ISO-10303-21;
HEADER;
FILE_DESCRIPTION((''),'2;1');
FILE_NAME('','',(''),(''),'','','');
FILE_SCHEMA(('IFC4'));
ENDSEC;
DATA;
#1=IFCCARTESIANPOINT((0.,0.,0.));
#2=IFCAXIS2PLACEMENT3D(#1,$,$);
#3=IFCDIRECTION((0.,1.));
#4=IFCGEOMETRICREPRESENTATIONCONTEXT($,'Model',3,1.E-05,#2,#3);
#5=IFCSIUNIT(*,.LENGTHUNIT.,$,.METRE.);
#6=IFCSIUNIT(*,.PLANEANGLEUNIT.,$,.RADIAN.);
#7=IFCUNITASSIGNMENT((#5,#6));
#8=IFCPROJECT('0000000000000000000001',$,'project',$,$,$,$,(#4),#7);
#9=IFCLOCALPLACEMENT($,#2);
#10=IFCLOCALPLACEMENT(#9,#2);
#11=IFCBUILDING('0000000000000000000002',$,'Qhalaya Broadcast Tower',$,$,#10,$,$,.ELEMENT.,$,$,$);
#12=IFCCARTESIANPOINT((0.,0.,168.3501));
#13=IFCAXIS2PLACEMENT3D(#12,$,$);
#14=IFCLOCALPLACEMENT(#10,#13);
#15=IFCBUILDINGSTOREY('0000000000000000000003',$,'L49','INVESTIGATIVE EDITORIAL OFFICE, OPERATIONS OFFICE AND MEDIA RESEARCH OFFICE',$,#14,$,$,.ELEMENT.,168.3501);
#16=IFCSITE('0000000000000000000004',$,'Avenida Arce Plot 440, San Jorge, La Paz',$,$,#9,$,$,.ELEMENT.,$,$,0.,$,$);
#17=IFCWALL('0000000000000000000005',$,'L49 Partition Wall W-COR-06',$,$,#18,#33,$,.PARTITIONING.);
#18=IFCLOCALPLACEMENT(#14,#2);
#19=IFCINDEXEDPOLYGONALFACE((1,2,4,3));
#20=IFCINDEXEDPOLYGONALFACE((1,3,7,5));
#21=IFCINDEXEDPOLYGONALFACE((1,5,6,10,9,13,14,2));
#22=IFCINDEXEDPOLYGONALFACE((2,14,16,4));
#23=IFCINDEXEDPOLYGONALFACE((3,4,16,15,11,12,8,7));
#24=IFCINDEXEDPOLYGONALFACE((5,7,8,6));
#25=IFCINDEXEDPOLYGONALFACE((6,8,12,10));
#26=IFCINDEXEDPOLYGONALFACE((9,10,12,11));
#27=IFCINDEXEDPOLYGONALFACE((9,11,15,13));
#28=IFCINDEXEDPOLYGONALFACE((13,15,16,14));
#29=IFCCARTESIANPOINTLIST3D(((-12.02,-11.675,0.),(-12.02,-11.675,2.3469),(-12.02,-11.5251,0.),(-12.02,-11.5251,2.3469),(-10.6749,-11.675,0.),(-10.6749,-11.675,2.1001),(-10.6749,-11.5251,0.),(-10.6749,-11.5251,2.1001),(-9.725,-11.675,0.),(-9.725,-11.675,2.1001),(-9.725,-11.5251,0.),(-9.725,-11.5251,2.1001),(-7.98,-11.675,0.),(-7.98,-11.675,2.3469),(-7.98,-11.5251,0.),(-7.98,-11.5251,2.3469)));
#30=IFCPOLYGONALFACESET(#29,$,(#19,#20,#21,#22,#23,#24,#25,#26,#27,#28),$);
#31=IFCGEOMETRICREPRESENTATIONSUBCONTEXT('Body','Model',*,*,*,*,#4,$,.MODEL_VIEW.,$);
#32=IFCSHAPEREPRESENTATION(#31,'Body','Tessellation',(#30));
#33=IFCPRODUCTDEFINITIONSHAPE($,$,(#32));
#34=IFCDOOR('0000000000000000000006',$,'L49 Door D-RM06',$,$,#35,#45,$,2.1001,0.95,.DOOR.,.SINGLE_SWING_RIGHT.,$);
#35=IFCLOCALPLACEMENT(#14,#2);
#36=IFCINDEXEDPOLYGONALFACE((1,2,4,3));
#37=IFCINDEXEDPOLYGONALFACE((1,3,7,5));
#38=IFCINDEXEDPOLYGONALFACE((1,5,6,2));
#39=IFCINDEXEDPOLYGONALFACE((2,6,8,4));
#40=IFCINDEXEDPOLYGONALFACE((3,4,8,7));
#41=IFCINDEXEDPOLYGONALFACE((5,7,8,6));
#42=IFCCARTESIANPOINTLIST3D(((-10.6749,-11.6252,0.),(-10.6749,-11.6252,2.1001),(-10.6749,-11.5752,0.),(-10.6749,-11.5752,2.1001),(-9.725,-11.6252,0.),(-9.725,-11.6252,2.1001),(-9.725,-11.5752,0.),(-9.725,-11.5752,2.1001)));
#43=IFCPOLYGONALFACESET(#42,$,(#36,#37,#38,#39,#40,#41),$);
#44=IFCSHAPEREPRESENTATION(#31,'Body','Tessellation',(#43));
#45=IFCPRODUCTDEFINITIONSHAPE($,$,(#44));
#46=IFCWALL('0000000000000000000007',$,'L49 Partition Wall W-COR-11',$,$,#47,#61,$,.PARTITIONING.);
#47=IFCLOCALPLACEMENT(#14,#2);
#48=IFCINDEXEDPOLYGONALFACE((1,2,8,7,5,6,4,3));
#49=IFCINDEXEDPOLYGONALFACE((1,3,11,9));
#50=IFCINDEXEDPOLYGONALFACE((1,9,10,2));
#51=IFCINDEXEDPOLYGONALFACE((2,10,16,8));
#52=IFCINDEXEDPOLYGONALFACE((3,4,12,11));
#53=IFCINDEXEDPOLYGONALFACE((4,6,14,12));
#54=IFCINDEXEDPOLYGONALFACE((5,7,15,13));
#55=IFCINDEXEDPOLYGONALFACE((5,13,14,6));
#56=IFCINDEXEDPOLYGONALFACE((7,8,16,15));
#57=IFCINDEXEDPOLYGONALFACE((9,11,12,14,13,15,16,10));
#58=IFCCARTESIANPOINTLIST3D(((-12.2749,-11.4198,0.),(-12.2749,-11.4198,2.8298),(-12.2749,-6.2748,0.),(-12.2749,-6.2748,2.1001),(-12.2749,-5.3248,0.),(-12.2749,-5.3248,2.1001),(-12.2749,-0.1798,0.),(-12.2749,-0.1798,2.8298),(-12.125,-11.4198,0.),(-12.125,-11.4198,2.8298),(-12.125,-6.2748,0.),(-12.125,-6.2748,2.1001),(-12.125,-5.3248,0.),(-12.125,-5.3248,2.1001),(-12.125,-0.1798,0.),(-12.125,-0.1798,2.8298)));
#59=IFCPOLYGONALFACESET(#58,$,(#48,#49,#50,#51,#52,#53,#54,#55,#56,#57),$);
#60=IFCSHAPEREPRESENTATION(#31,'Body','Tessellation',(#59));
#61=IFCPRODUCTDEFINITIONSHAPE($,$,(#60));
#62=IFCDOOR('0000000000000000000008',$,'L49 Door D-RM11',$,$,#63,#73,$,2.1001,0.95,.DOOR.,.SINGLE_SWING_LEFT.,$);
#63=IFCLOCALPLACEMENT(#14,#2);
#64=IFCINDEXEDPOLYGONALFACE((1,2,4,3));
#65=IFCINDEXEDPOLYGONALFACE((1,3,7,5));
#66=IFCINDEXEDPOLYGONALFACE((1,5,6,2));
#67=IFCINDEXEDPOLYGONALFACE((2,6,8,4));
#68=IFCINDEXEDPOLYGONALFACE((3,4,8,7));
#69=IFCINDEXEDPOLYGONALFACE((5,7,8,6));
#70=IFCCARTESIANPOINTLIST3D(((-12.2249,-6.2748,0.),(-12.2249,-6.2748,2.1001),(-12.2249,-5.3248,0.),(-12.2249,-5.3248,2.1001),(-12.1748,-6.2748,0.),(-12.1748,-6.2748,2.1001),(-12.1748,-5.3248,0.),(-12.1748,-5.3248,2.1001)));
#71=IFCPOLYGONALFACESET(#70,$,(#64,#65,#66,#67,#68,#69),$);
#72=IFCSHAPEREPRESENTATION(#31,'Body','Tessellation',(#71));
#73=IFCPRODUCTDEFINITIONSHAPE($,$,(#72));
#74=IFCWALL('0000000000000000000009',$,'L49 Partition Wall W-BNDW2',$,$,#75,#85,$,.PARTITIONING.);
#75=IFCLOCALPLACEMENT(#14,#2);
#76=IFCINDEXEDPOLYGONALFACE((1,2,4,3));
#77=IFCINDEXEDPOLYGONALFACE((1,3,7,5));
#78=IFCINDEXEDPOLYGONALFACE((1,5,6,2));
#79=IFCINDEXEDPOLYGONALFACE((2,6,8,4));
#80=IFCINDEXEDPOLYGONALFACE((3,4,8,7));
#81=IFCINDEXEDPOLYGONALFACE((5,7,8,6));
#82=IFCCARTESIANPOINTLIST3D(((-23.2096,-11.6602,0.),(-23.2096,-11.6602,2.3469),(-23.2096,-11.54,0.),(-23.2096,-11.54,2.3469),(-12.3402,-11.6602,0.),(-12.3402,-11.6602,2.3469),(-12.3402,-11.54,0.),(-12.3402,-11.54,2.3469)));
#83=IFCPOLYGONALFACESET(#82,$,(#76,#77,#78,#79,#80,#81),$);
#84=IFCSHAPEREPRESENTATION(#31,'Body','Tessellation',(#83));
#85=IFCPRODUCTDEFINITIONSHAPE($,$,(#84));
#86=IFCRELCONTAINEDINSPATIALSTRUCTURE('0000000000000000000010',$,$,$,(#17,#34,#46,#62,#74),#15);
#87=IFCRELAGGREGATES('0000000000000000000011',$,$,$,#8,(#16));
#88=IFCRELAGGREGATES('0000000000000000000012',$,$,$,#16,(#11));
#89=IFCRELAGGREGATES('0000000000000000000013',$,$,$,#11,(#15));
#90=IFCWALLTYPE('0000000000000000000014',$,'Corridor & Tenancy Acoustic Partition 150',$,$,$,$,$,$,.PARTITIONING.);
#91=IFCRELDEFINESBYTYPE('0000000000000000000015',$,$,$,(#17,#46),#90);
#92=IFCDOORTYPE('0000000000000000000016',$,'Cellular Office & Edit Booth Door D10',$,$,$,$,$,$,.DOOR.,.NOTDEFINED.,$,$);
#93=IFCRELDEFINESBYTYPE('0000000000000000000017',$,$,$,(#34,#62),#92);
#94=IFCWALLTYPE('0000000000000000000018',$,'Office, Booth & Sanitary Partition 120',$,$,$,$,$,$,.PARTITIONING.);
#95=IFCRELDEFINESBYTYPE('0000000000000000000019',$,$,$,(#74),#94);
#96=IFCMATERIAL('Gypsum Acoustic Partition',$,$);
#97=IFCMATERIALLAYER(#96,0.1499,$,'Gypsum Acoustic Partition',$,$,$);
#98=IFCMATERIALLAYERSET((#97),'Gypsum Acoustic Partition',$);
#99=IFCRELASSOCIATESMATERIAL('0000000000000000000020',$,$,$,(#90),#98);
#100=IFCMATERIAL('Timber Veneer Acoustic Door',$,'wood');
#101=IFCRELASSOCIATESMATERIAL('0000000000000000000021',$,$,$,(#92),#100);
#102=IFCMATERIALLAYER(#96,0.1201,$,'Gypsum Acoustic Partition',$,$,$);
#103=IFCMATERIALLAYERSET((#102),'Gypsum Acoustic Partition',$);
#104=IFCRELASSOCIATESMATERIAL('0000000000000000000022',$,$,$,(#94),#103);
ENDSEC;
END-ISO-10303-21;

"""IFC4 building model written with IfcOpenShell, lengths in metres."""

from ifc_helpers import new_model, si_unit, direction, frame, frame_2d, origin, place, context, subcontext, project, spatial, rectangle, extrude, material, layer, layer_set, type_object, element, fill, save


model = new_model("IFC4")

# Units and contexts
model_context = context("Model", 3, precision=1e-05, world=origin(), true_north=direction((0.0, 1.0)))
body_context = subcontext(model_context, "Body", "Model", "MODEL_VIEW")
ifc_project = project(units=[si_unit("LENGTHUNIT", "METRE"), si_unit("PLANEANGLEUNIT", "RADIAN")], contexts=[model_context])

# Site, building, storey
site_placement = place(None, origin())
site = spatial("IfcSite", under=ifc_project, at=site_placement, Name="Avenida Arce Plot 440, San Jorge, La Paz", CompositionType="ELEMENT", RefElevation=0.0)
building_placement = place(site_placement, origin())
building = spatial("IfcBuilding", under=site, at=building_placement, Name="Qhalaya Broadcast Tower", CompositionType="ELEMENT")
storey_placement = place(building_placement, frame((0.0, 0.0, 168.3501)))
storey = spatial("IfcBuildingStorey", under=building, at=storey_placement, Name="L49", Description="INVESTIGATIVE EDITORIAL OFFICE, OPERATIONS OFFICE AND MEDIA RESEARCH OFFICE", CompositionType="ELEMENT", Elevation=168.3501)

# Walls, openings, doors
ifc_material_1 = material(Name="Gypsum Acoustic Partition")
ifc_layer_1 = layer(ifc_material_1, 0.1499, Name="Gypsum Acoustic Partition")
ifc_layer_set_1 = layer_set([ifc_layer_1], Name="Gypsum Acoustic Partition")
wall_type_1 = type_object("IfcWallType", Name="Corridor & Tenancy Acoustic Partition 150", PredefinedType="PARTITIONING", material=ifc_layer_set_1)
wall_1_placement = place(storey_placement, frame((-12.02, -11.6001, 0.0), z_axis=(0.0, 0.0, 1.0), x_axis=(1.0, 0.0, 0.0)))
wall_1 = element("IfcWall", 1, at=wall_1_placement, inside=storey, type_object=wall_type_1, Name="L49 Partition Wall W-COR-06", PredefinedType="PARTITIONING", context=body_context, shape_type="SweptSolid", body=[
    extrude(rectangle(XDim=4.04, YDim=0.1499, at=frame_2d((2.02, 0.0))), origin(), (0.0, 0.0, 1.0), 2.3469),
])
opening_1_placement = place(wall_1_placement, frame((1.345, 0.0, 0.0)))
opening_1 = element("IfcOpeningElement", 2, at=opening_1_placement, cuts=wall_1, PredefinedType="OPENING", context=body_context, shape_type="SweptSolid", body=[
    extrude(rectangle(XDim=0.95, YDim=2.1001, at=frame_2d((0.4751, 1.05))), frame((0.0, 0.0869, 0.0), z_axis=(0.0, -1.0, 0.0), x_axis=(1.0, 0.0, 0.0)), (0.0, 0.0, 1.0), 0.1738),
])
ifc_material_2 = material(Name="Timber Veneer Acoustic Door", Category="wood")
door_type = type_object("IfcDoorType", Name="Cellular Office & Edit Booth Door D10", OperationType="NOTDEFINED", PredefinedType="DOOR", material=ifc_material_2)
door_1_placement = place(opening_1_placement, origin())
door_1 = element("IfcDoor", 3, at=door_1_placement, inside=storey, type_object=door_type, Name="L49 Door D-RM06", OperationType="SINGLE_SWING_RIGHT", OverallHeight=2.1001, OverallWidth=0.95, PredefinedType="DOOR", context=body_context, shape_type="SweptSolid", body=[
    extrude(rectangle(XDim=0.95, YDim=2.1001, at=frame_2d((0.4751, 1.05))), frame((0.0, 0.0249, 0.0), z_axis=(0.0, -1.0, 0.0), x_axis=(1.0, 0.0, 0.0)), (0.0, 0.0, 1.0), 0.05),
])
fill(opening_1, door_1)
wall_2_placement = place(storey_placement, frame((-12.2, -11.4199, 0.0), z_axis=(0.0, 0.0, 1.0), x_axis=(0.0, 1.0, 0.0)))
wall_2 = element("IfcWall", 4, at=wall_2_placement, inside=storey, type_object=wall_type_1, Name="L49 Partition Wall W-COR-11", PredefinedType="PARTITIONING", context=body_context, shape_type="SweptSolid", body=[
    extrude(rectangle(XDim=11.24, YDim=0.1499, at=frame_2d((5.6201, 0.0))), origin(), (0.0, 0.0, 1.0), 2.8298),
])
opening_2_placement = place(wall_2_placement, frame((5.145, 0.0, 0.0)))
opening_2 = element("IfcOpeningElement", 5, at=opening_2_placement, cuts=wall_2, PredefinedType="OPENING", context=body_context, shape_type="SweptSolid", body=[
    extrude(rectangle(XDim=0.95, YDim=2.1001, at=frame_2d((0.4751, 1.05))), frame((0.0, 0.0869, 0.0), z_axis=(0.0, -1.0, 0.0), x_axis=(1.0, 0.0, 0.0)), (0.0, 0.0, 1.0), 0.1738),
])
door_2_placement = place(opening_2_placement, origin())
door_2 = element("IfcDoor", 6, at=door_2_placement, inside=storey, type_object=door_type, Name="L49 Door D-RM11", OperationType="SINGLE_SWING_LEFT", OverallHeight=2.1001, OverallWidth=0.95, PredefinedType="DOOR", context=body_context, shape_type="SweptSolid", body=[
    extrude(rectangle(XDim=0.95, YDim=2.1001, at=frame_2d((0.4751, 1.05))), frame((0.0, 0.0249, 0.0), z_axis=(0.0, -1.0, 0.0), x_axis=(1.0, 0.0, 0.0)), (0.0, 0.0, 1.0), 0.05),
])
fill(opening_2, door_2)

# Wall
ifc_layer_2 = layer(ifc_material_1, 0.1201, Name="Gypsum Acoustic Partition")
ifc_layer_set_2 = layer_set([ifc_layer_2], Name="Gypsum Acoustic Partition")
wall_type_2 = type_object("IfcWallType", Name="Office, Booth & Sanitary Partition 120", PredefinedType="PARTITIONING", material=ifc_layer_set_2)
wall_3_placement = place(storey_placement, frame((-23.2095, -11.6001, 0.0), z_axis=(0.0, 0.0, 1.0), x_axis=(1.0, 0.0, 0.0)))
element("IfcWall", 7, at=wall_3_placement, inside=storey, type_object=wall_type_2, Name="L49 Partition Wall W-BNDW2", PredefinedType="PARTITIONING", context=body_context, shape_type="SweptSolid", body=[
    extrude(rectangle(XDim=10.8694, YDim=0.1201, at=frame_2d((5.4346, 0.0))), origin(), (0.0, 0.0, 1.0), 2.3469),
])

save(model, "model.ifc")
